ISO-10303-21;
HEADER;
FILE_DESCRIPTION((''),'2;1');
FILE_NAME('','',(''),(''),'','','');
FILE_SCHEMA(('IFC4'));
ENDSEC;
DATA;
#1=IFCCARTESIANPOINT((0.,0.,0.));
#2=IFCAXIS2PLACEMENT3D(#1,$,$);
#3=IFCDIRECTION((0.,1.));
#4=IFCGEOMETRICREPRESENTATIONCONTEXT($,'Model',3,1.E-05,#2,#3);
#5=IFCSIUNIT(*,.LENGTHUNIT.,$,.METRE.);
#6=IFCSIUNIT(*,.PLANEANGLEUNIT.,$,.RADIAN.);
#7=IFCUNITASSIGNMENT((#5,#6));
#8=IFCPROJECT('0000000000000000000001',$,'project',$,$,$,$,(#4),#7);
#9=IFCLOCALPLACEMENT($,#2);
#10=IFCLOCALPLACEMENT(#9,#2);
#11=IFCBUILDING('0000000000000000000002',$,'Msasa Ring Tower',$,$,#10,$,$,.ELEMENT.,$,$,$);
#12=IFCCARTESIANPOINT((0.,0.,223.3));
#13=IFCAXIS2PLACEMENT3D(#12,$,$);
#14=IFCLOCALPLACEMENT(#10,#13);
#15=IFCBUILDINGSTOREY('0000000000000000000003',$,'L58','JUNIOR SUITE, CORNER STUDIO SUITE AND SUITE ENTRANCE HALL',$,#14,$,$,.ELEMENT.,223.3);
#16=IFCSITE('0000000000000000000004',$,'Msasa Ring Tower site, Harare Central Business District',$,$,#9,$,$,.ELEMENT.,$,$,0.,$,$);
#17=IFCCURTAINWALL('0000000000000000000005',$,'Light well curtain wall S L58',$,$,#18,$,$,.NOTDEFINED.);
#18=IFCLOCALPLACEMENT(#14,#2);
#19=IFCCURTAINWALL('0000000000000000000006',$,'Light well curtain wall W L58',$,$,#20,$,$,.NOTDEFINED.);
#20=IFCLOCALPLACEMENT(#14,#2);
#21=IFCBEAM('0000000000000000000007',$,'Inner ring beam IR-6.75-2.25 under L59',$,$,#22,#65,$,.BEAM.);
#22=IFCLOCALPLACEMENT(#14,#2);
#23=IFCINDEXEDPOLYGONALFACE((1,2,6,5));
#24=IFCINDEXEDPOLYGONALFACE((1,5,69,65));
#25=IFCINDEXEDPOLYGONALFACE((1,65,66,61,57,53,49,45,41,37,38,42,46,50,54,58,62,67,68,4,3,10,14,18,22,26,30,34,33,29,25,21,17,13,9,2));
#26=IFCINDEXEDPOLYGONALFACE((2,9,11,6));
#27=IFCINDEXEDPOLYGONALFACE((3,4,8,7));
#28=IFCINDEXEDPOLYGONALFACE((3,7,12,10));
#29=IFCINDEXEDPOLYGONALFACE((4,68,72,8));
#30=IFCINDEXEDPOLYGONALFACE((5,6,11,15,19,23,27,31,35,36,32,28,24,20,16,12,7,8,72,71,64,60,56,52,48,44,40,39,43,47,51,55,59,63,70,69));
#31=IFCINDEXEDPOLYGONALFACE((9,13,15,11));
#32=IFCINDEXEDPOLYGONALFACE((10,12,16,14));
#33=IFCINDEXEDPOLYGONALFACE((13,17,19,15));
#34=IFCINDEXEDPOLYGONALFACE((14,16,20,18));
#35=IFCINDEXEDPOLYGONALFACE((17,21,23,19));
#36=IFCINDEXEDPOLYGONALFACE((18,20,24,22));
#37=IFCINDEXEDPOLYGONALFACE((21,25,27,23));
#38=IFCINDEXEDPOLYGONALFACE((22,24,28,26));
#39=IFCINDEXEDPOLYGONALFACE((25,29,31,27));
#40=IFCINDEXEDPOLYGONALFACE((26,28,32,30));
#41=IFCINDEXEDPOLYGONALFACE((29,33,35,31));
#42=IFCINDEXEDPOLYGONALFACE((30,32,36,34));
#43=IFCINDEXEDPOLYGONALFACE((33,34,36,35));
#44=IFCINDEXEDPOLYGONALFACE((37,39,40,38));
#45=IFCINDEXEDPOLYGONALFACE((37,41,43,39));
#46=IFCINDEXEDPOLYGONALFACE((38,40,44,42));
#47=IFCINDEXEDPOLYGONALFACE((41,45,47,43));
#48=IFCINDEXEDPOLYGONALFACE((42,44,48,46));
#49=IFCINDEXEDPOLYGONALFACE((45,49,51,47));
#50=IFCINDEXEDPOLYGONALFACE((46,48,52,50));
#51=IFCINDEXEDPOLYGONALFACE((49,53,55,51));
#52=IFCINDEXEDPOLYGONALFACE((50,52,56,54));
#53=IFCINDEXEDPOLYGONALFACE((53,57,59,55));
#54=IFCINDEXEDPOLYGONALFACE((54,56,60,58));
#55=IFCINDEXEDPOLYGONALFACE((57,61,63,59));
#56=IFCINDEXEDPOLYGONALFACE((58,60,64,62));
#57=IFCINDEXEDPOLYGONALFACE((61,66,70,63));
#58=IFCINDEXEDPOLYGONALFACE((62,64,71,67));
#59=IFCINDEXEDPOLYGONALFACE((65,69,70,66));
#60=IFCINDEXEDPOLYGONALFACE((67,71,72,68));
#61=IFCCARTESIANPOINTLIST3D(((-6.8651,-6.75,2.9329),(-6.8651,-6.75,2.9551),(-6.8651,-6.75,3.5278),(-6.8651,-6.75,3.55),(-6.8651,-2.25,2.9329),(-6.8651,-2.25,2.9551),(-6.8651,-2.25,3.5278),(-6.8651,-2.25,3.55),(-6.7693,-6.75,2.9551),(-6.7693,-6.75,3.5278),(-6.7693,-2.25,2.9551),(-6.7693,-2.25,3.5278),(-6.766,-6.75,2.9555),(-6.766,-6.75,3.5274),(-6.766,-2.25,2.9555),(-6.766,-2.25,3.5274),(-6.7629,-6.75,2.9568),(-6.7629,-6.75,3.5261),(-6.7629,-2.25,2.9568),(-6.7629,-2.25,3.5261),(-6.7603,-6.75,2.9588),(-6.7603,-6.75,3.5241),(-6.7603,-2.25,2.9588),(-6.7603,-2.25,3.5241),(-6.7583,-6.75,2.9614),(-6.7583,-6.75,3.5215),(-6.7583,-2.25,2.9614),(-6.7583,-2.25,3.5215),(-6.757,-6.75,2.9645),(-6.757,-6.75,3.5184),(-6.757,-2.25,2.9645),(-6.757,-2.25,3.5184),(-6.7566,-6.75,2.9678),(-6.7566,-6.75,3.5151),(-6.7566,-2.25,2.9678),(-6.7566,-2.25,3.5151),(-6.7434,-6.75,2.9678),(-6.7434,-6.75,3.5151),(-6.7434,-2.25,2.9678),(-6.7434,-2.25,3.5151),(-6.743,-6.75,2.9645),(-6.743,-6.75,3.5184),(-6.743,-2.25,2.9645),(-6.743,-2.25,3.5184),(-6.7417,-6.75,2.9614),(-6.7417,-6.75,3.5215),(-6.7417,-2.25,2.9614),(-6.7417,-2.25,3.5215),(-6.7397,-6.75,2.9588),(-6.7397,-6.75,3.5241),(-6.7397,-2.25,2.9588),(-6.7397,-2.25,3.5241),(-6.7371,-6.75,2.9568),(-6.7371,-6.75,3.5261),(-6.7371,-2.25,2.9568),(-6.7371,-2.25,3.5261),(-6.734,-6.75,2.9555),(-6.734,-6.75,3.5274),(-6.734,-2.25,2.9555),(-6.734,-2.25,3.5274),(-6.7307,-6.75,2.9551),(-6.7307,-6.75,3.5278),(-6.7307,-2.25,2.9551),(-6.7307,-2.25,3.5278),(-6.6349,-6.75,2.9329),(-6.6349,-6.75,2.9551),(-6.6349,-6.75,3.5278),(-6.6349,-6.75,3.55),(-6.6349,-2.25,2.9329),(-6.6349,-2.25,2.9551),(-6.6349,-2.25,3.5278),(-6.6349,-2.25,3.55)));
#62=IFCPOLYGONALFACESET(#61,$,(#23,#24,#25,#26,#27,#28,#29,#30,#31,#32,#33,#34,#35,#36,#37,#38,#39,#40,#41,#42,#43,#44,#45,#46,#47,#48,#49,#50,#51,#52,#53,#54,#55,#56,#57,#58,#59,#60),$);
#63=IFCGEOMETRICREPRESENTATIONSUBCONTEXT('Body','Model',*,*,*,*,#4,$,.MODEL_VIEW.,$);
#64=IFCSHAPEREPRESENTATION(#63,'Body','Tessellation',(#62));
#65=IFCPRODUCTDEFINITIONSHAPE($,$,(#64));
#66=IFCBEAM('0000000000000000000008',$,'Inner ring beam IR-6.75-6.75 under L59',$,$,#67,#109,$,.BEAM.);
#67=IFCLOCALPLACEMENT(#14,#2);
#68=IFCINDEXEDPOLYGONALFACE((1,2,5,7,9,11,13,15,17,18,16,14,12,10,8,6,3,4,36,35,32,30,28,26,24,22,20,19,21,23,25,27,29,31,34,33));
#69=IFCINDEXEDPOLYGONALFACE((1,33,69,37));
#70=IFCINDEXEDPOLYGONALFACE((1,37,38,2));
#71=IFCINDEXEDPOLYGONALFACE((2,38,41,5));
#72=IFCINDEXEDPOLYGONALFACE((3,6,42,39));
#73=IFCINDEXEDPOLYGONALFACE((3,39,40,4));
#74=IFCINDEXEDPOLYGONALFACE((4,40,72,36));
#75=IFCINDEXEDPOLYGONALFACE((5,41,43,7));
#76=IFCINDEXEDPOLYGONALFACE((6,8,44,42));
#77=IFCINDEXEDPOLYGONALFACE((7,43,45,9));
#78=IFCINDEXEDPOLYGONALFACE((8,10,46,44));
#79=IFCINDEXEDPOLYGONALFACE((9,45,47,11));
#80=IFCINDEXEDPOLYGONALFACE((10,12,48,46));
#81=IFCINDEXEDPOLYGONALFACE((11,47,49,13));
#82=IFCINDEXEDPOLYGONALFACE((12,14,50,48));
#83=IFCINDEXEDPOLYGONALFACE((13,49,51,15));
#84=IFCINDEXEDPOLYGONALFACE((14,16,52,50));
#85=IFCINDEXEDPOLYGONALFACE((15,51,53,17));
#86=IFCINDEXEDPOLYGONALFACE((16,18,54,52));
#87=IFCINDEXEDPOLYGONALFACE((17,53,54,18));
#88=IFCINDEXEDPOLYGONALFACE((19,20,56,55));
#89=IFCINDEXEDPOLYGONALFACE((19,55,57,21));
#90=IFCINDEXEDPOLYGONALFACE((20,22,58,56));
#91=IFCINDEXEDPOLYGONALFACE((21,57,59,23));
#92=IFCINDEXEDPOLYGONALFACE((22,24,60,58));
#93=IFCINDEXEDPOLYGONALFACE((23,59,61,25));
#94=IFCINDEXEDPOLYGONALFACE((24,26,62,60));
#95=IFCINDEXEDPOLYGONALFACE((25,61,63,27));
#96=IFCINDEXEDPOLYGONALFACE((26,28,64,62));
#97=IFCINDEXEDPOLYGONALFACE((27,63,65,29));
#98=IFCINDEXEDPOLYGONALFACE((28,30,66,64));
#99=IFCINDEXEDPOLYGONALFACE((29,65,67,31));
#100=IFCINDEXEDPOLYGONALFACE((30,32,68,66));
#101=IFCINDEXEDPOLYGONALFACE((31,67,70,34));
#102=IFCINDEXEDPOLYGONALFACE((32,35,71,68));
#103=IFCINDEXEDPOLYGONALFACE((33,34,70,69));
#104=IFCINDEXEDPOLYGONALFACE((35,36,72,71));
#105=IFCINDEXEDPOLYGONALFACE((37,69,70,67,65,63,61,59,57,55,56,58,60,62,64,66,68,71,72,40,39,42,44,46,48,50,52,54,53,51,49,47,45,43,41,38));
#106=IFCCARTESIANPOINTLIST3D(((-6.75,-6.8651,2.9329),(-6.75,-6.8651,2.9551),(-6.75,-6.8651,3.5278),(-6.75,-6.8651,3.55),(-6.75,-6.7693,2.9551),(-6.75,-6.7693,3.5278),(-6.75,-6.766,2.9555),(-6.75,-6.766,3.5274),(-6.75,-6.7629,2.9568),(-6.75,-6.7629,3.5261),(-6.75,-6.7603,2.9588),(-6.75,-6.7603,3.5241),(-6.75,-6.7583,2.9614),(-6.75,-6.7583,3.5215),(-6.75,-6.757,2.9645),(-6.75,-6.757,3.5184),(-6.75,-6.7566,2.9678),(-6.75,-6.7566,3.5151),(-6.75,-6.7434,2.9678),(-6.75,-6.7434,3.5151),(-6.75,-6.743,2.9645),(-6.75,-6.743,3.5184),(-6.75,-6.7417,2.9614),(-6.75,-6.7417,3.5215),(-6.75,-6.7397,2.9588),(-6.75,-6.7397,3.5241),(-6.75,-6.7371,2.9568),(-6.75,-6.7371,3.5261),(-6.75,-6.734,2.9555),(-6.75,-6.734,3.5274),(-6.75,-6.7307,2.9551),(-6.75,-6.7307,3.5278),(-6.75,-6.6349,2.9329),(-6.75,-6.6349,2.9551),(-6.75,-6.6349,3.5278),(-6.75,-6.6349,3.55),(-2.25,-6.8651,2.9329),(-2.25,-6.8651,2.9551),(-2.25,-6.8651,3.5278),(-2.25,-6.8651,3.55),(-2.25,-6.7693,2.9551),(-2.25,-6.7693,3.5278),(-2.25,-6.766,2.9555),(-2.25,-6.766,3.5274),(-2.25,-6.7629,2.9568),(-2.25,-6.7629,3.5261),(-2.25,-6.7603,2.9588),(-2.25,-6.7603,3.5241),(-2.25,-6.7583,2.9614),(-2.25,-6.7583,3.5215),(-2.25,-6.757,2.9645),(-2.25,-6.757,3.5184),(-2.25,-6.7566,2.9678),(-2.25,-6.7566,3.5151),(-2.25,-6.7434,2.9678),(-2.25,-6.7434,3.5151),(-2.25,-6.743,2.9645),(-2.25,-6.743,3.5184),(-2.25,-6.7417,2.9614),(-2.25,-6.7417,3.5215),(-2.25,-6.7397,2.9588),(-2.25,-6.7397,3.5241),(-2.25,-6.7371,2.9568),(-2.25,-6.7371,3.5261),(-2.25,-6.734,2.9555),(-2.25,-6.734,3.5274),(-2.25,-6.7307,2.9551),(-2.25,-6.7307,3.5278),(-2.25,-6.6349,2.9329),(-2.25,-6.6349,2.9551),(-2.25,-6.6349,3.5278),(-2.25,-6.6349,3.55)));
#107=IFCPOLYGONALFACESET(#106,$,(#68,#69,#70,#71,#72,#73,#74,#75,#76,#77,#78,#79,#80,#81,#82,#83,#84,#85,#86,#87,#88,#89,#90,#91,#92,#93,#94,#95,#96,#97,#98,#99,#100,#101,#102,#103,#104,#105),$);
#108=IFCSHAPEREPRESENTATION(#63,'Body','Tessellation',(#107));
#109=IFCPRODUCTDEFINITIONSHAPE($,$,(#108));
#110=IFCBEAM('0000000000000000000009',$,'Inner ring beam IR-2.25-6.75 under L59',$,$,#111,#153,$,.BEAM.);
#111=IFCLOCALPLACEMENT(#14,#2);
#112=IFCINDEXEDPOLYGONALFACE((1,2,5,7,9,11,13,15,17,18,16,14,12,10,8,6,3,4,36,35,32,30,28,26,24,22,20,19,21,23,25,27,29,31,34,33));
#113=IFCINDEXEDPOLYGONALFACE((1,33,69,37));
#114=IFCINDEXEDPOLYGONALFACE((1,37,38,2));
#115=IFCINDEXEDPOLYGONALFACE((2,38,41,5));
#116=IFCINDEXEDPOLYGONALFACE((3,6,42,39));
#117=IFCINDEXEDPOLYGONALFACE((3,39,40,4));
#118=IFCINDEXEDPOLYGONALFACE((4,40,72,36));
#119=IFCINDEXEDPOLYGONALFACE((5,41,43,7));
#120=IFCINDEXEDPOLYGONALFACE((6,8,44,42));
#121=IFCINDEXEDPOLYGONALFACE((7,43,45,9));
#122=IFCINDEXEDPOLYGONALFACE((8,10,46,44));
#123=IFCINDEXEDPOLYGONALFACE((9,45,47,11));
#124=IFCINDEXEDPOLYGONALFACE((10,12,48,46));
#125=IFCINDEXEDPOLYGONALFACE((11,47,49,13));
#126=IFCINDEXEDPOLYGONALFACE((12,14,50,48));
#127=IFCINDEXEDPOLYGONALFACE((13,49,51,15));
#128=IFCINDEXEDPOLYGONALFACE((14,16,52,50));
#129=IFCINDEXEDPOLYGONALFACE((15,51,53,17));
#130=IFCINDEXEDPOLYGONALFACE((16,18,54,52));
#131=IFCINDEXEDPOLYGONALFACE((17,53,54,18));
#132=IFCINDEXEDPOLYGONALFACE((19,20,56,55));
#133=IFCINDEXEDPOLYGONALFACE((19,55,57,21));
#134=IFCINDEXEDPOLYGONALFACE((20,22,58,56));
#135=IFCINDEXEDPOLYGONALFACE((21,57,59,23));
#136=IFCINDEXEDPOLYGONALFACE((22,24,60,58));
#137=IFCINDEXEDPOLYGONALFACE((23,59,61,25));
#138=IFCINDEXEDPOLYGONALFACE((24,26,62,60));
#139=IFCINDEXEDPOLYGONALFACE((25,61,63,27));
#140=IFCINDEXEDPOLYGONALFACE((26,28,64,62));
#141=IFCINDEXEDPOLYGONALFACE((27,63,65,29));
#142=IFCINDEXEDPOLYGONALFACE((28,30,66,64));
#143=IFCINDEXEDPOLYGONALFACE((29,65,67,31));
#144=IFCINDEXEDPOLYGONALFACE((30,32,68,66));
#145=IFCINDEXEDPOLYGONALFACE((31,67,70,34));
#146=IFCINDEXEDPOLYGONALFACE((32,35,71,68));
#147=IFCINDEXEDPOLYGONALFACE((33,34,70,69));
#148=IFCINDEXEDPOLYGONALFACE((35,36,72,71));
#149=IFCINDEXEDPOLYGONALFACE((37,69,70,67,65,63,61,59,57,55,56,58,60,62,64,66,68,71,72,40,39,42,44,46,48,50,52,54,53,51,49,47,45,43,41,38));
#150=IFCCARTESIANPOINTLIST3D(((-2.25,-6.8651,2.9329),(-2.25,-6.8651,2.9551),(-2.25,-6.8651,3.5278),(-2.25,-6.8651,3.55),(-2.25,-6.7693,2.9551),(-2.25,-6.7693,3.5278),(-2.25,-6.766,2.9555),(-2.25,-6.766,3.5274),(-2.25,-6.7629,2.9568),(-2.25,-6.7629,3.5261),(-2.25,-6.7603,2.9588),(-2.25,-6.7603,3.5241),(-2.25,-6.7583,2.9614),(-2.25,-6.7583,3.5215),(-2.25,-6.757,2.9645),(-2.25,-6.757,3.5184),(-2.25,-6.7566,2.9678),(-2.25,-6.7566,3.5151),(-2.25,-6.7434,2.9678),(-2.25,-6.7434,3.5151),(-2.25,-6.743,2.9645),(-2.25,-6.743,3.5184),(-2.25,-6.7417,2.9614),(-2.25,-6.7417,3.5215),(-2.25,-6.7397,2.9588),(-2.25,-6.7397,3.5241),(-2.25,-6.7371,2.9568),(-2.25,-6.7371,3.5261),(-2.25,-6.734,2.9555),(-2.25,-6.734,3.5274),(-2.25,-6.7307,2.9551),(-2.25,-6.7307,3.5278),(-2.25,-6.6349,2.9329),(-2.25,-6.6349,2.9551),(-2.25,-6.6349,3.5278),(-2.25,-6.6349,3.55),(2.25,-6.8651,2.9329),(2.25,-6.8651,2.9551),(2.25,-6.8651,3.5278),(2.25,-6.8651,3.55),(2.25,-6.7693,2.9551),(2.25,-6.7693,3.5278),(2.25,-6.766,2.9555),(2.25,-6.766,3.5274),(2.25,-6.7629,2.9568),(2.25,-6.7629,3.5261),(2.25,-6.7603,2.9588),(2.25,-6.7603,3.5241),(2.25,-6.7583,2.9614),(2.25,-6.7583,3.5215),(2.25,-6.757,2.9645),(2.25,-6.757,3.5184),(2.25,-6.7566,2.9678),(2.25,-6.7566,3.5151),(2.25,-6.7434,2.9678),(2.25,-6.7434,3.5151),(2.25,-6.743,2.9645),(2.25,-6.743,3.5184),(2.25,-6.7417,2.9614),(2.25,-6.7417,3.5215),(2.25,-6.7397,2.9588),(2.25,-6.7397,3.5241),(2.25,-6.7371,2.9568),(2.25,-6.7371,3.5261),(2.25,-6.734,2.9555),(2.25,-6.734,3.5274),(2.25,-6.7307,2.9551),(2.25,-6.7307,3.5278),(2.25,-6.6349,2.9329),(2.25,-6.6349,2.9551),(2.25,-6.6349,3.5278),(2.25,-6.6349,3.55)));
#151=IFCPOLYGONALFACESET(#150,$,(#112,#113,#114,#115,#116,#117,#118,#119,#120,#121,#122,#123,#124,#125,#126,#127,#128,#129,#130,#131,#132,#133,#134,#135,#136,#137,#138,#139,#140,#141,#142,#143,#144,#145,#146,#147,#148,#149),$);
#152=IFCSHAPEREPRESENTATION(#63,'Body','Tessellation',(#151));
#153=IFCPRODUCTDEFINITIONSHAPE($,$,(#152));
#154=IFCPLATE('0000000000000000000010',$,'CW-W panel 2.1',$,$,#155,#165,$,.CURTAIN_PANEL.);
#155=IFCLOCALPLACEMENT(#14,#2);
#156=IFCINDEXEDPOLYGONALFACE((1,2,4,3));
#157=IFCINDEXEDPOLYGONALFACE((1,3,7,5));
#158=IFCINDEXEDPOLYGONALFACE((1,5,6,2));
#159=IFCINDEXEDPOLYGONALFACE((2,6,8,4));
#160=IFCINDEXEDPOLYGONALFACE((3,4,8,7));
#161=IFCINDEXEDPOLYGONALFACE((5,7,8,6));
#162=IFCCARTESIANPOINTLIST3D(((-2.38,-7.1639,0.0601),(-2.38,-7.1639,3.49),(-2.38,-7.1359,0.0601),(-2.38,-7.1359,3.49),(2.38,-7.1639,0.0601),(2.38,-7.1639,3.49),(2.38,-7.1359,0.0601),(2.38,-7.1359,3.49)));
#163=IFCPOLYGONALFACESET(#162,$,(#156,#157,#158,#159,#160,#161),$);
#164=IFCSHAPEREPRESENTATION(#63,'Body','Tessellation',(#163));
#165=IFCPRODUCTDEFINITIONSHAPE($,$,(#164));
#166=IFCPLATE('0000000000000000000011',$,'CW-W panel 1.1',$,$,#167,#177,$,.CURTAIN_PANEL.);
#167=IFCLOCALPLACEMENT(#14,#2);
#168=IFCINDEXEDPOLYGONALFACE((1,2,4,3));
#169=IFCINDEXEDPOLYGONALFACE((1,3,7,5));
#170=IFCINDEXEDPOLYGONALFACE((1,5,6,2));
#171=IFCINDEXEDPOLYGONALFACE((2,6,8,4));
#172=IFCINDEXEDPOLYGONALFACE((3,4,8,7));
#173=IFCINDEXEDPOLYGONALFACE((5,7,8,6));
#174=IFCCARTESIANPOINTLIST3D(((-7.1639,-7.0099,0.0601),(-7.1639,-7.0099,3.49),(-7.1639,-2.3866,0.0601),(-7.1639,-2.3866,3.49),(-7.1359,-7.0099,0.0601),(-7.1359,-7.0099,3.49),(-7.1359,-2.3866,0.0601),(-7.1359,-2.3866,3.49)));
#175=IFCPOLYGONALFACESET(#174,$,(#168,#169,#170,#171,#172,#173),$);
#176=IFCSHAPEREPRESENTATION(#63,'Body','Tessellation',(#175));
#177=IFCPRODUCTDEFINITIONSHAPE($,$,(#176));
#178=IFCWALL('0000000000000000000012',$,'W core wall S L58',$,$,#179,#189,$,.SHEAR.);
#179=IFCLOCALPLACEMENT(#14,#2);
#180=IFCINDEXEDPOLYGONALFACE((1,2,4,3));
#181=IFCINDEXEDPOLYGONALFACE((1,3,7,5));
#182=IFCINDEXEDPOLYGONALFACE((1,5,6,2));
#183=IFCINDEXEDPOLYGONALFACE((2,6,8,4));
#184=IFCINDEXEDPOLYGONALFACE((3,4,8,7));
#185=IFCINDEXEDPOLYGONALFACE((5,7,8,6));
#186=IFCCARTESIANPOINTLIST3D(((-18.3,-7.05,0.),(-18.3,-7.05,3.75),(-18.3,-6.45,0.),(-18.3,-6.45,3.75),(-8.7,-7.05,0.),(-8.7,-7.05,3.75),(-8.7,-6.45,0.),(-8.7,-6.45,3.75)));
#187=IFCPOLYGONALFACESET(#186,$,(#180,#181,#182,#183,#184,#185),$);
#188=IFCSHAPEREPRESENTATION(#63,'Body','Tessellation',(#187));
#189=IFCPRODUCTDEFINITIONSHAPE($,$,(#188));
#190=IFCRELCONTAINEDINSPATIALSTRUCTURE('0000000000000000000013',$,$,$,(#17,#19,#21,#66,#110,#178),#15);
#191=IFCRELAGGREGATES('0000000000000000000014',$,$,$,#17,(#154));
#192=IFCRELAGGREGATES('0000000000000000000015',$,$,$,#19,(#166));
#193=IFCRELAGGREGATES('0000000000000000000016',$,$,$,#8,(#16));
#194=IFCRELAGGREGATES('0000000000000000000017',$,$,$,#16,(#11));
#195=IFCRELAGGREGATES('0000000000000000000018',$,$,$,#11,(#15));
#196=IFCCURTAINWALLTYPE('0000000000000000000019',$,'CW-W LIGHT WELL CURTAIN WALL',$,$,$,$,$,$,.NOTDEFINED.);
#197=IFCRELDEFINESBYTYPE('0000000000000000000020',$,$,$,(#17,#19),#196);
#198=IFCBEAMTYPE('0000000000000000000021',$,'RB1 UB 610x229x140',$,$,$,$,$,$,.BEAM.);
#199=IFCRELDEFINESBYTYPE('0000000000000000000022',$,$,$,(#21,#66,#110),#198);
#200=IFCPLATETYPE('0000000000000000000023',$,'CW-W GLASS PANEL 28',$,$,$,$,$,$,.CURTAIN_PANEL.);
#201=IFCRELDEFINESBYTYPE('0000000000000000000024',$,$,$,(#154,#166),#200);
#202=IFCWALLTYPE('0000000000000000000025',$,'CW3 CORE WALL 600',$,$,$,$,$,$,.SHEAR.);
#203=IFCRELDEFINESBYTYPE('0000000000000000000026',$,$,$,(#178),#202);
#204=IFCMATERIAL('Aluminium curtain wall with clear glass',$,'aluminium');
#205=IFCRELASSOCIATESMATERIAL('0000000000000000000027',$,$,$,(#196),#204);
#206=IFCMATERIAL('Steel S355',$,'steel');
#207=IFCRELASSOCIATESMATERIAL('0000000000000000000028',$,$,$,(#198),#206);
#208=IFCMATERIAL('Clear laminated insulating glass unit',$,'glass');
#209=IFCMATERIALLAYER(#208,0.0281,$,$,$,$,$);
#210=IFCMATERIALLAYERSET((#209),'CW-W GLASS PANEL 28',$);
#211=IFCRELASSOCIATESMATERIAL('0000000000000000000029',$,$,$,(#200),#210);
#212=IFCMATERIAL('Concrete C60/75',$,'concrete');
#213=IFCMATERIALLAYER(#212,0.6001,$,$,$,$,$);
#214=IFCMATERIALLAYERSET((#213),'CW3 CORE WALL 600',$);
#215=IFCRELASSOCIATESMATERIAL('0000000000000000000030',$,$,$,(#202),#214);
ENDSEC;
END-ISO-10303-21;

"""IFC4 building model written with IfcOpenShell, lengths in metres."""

from ifc_helpers import new_model, si_unit, direction, frame, frame_2d, origin, origin_2d, place, context, subcontext, project, spatial, rectangle, i_section, extrude, material, layer, layer_set, material_profile, profile_set, type_object, element, aggregate, save


model = new_model("IFC4")

# Units and contexts
model_context = context("Model", 3, precision=1e-05, world=origin(), true_north=direction((0.0, 1.0)))
body_context = subcontext(model_context, "Body", "Model", "MODEL_VIEW")
ifc_project = project(units=[si_unit("LENGTHUNIT", "METRE"), si_unit("PLANEANGLEUNIT", "RADIAN")], contexts=[model_context])

# Site, building, storey
site_placement = place(None, origin())
site = spatial("IfcSite", under=ifc_project, at=site_placement, Name="Msasa Ring Tower site, Harare Central Business District", CompositionType="ELEMENT", RefElevation=0.0)
building_placement = place(site_placement, origin())
building = spatial("IfcBuilding", under=site, at=building_placement, Name="Msasa Ring Tower", CompositionType="ELEMENT")
storey_placement = place(building_placement, frame((0.0, 0.0, 223.3)))
storey = spatial("IfcBuildingStorey", under=building, at=storey_placement, Name="L58", Description="JUNIOR SUITE, CORNER STUDIO SUITE AND SUITE ENTRANCE HALL", CompositionType="ELEMENT", Elevation=223.3)

# Curtain wall
ifc_material_1 = material(Name="Aluminium curtain wall with clear glass", Category="aluminium")
curtain_wall_type = type_object("IfcCurtainWallType", Name="CW-W LIGHT WELL CURTAIN WALL", PredefinedType="NOTDEFINED", material=ifc_material_1)
curtain_wall_1_placement = place(storey_placement, origin())
curtain_wall_1 = element("IfcCurtainWall", 1, at=curtain_wall_1_placement, inside=storey, type_object=curtain_wall_type, Name="Light well curtain wall S L58", PredefinedType="NOTDEFINED")

# Curtain wall
curtain_wall_2_placement = place(storey_placement, origin())
curtain_wall_2 = element("IfcCurtainWall", 2, at=curtain_wall_2_placement, inside=storey, type_object=curtain_wall_type, Name="Light well curtain wall W L58", PredefinedType="NOTDEFINED")

# Beams
ifc_material_2 = material(Name="Steel S355", Category="steel")
ifc_material_profile_1 = material_profile(ifc_material_2, i_section(OverallWidth=0.2302, OverallDepth=0.6172, WebThickness=0.0132, FlangeThickness=0.0222, FilletRadius=0.0127, at=origin_2d()), Name="UB 610x229x140")
ifc_profile_set_1 = profile_set([ifc_material_profile_1], Name="Steel S355")
beam_type = type_object("IfcBeamType", Name="RB1 UB 610x229x140", PredefinedType="BEAM", material=ifc_profile_set_1)
for number, where, z_axis, x_axis, name in (
    (3, (-6.75, -2.25, 3.2415), (0.0, -1.0, 0.0), (1.0, 0.0, 0.0), "Inner ring beam IR-6.75-2.25 under L59"),
    (4, (-6.75, -6.75, 3.2415), (1.0, 0.0, 0.0), (0.0, 1.0, 0.0), "Inner ring beam IR-6.75-6.75 under L59"),
    (5, (-2.25, -6.75, 3.2415), (1.0, 0.0, 0.0), (0.0, 1.0, 0.0), "Inner ring beam IR-2.25-6.75 under L59"),
):
    element("IfcBeam", number, at=place(storey_placement, frame(where, z_axis=z_axis, x_axis=x_axis)), inside=storey, type_object=beam_type, Name=name, PredefinedType="BEAM", context=body_context, shape_type="SweptSolid", body=[
        extrude(i_section(OverallWidth=0.2302, OverallDepth=0.6172, WebThickness=0.0132, FlangeThickness=0.0222, FilletRadius=0.0127, at=origin_2d()), origin(), (0.0, 0.0, 1.0), 4.5),
    ])

# Plates
ifc_material_3 = material(Name="Clear laminated insulating glass unit", Category="glass")
ifc_layer_1 = layer(ifc_material_3, 0.0281)
ifc_layer_set_1 = layer_set([ifc_layer_1], Name="CW-W GLASS PANEL 28")
plate_type = type_object("IfcPlateType", Name="CW-W GLASS PANEL 28", PredefinedType="CURTAIN_PANEL", material=ifc_layer_set_1)
plate_1_placement = place(storey_placement, frame((0.0, -7.1499, 0.0601), z_axis=(0.0, 0.0, 1.0), x_axis=(1.0, 0.0, 0.0)))
plate_1 = element("IfcPlate", 6, at=plate_1_placement, type_object=plate_type, Name="CW-W panel 2.1", PredefinedType="CURTAIN_PANEL", context=body_context, shape_type="SweptSolid", body=[
    extrude(rectangle(XDim=4.76, YDim=0.0281, at=origin_2d()), origin(), (0.0, 0.0, 1.0), 3.4299),
])
aggregate(curtain_wall_1, [plate_1])
plate_2_placement = place(storey_placement, frame((-7.1499, -4.6982, 0.0601), z_axis=(0.0, 0.0, 1.0), x_axis=(0.0, 1.0, 0.0)))
plate_2 = element("IfcPlate", 7, at=plate_2_placement, type_object=plate_type, Name="CW-W panel 1.1", PredefinedType="CURTAIN_PANEL", context=body_context, shape_type="SweptSolid", body=[
    extrude(rectangle(XDim=4.6233, YDim=0.0281, at=origin_2d()), origin(), (0.0, 0.0, 1.0), 3.4299),
])
aggregate(curtain_wall_2, [plate_2])

# Wall
ifc_material_4 = material(Name="Concrete C60/75", Category="concrete")
ifc_layer_2 = layer(ifc_material_4, 0.6001)
ifc_layer_set_2 = layer_set([ifc_layer_2], Name="CW3 CORE WALL 600")
wall_type_1 = type_object("IfcWallType", Name="CW3 CORE WALL 600", PredefinedType="SHEAR", material=ifc_layer_set_2)
wall_1_placement = place(storey_placement, frame((-8.7, -6.75, 0.0), z_axis=(0.0, 0.0, 1.0), x_axis=(-1.0, 0.0, 0.0)))
element("IfcWall", 8, at=wall_1_placement, inside=storey, type_object=wall_type_1, Name="W core wall S L58", PredefinedType="SHEAR", context=body_context, shape_type="SweptSolid", body=[
    extrude(rectangle(XDim=9.6001, YDim=0.6001, at=frame_2d((4.8, 0.0))), origin(), (0.0, 0.0, 1.0), 3.75),
])

save(model, "model.ifc")
